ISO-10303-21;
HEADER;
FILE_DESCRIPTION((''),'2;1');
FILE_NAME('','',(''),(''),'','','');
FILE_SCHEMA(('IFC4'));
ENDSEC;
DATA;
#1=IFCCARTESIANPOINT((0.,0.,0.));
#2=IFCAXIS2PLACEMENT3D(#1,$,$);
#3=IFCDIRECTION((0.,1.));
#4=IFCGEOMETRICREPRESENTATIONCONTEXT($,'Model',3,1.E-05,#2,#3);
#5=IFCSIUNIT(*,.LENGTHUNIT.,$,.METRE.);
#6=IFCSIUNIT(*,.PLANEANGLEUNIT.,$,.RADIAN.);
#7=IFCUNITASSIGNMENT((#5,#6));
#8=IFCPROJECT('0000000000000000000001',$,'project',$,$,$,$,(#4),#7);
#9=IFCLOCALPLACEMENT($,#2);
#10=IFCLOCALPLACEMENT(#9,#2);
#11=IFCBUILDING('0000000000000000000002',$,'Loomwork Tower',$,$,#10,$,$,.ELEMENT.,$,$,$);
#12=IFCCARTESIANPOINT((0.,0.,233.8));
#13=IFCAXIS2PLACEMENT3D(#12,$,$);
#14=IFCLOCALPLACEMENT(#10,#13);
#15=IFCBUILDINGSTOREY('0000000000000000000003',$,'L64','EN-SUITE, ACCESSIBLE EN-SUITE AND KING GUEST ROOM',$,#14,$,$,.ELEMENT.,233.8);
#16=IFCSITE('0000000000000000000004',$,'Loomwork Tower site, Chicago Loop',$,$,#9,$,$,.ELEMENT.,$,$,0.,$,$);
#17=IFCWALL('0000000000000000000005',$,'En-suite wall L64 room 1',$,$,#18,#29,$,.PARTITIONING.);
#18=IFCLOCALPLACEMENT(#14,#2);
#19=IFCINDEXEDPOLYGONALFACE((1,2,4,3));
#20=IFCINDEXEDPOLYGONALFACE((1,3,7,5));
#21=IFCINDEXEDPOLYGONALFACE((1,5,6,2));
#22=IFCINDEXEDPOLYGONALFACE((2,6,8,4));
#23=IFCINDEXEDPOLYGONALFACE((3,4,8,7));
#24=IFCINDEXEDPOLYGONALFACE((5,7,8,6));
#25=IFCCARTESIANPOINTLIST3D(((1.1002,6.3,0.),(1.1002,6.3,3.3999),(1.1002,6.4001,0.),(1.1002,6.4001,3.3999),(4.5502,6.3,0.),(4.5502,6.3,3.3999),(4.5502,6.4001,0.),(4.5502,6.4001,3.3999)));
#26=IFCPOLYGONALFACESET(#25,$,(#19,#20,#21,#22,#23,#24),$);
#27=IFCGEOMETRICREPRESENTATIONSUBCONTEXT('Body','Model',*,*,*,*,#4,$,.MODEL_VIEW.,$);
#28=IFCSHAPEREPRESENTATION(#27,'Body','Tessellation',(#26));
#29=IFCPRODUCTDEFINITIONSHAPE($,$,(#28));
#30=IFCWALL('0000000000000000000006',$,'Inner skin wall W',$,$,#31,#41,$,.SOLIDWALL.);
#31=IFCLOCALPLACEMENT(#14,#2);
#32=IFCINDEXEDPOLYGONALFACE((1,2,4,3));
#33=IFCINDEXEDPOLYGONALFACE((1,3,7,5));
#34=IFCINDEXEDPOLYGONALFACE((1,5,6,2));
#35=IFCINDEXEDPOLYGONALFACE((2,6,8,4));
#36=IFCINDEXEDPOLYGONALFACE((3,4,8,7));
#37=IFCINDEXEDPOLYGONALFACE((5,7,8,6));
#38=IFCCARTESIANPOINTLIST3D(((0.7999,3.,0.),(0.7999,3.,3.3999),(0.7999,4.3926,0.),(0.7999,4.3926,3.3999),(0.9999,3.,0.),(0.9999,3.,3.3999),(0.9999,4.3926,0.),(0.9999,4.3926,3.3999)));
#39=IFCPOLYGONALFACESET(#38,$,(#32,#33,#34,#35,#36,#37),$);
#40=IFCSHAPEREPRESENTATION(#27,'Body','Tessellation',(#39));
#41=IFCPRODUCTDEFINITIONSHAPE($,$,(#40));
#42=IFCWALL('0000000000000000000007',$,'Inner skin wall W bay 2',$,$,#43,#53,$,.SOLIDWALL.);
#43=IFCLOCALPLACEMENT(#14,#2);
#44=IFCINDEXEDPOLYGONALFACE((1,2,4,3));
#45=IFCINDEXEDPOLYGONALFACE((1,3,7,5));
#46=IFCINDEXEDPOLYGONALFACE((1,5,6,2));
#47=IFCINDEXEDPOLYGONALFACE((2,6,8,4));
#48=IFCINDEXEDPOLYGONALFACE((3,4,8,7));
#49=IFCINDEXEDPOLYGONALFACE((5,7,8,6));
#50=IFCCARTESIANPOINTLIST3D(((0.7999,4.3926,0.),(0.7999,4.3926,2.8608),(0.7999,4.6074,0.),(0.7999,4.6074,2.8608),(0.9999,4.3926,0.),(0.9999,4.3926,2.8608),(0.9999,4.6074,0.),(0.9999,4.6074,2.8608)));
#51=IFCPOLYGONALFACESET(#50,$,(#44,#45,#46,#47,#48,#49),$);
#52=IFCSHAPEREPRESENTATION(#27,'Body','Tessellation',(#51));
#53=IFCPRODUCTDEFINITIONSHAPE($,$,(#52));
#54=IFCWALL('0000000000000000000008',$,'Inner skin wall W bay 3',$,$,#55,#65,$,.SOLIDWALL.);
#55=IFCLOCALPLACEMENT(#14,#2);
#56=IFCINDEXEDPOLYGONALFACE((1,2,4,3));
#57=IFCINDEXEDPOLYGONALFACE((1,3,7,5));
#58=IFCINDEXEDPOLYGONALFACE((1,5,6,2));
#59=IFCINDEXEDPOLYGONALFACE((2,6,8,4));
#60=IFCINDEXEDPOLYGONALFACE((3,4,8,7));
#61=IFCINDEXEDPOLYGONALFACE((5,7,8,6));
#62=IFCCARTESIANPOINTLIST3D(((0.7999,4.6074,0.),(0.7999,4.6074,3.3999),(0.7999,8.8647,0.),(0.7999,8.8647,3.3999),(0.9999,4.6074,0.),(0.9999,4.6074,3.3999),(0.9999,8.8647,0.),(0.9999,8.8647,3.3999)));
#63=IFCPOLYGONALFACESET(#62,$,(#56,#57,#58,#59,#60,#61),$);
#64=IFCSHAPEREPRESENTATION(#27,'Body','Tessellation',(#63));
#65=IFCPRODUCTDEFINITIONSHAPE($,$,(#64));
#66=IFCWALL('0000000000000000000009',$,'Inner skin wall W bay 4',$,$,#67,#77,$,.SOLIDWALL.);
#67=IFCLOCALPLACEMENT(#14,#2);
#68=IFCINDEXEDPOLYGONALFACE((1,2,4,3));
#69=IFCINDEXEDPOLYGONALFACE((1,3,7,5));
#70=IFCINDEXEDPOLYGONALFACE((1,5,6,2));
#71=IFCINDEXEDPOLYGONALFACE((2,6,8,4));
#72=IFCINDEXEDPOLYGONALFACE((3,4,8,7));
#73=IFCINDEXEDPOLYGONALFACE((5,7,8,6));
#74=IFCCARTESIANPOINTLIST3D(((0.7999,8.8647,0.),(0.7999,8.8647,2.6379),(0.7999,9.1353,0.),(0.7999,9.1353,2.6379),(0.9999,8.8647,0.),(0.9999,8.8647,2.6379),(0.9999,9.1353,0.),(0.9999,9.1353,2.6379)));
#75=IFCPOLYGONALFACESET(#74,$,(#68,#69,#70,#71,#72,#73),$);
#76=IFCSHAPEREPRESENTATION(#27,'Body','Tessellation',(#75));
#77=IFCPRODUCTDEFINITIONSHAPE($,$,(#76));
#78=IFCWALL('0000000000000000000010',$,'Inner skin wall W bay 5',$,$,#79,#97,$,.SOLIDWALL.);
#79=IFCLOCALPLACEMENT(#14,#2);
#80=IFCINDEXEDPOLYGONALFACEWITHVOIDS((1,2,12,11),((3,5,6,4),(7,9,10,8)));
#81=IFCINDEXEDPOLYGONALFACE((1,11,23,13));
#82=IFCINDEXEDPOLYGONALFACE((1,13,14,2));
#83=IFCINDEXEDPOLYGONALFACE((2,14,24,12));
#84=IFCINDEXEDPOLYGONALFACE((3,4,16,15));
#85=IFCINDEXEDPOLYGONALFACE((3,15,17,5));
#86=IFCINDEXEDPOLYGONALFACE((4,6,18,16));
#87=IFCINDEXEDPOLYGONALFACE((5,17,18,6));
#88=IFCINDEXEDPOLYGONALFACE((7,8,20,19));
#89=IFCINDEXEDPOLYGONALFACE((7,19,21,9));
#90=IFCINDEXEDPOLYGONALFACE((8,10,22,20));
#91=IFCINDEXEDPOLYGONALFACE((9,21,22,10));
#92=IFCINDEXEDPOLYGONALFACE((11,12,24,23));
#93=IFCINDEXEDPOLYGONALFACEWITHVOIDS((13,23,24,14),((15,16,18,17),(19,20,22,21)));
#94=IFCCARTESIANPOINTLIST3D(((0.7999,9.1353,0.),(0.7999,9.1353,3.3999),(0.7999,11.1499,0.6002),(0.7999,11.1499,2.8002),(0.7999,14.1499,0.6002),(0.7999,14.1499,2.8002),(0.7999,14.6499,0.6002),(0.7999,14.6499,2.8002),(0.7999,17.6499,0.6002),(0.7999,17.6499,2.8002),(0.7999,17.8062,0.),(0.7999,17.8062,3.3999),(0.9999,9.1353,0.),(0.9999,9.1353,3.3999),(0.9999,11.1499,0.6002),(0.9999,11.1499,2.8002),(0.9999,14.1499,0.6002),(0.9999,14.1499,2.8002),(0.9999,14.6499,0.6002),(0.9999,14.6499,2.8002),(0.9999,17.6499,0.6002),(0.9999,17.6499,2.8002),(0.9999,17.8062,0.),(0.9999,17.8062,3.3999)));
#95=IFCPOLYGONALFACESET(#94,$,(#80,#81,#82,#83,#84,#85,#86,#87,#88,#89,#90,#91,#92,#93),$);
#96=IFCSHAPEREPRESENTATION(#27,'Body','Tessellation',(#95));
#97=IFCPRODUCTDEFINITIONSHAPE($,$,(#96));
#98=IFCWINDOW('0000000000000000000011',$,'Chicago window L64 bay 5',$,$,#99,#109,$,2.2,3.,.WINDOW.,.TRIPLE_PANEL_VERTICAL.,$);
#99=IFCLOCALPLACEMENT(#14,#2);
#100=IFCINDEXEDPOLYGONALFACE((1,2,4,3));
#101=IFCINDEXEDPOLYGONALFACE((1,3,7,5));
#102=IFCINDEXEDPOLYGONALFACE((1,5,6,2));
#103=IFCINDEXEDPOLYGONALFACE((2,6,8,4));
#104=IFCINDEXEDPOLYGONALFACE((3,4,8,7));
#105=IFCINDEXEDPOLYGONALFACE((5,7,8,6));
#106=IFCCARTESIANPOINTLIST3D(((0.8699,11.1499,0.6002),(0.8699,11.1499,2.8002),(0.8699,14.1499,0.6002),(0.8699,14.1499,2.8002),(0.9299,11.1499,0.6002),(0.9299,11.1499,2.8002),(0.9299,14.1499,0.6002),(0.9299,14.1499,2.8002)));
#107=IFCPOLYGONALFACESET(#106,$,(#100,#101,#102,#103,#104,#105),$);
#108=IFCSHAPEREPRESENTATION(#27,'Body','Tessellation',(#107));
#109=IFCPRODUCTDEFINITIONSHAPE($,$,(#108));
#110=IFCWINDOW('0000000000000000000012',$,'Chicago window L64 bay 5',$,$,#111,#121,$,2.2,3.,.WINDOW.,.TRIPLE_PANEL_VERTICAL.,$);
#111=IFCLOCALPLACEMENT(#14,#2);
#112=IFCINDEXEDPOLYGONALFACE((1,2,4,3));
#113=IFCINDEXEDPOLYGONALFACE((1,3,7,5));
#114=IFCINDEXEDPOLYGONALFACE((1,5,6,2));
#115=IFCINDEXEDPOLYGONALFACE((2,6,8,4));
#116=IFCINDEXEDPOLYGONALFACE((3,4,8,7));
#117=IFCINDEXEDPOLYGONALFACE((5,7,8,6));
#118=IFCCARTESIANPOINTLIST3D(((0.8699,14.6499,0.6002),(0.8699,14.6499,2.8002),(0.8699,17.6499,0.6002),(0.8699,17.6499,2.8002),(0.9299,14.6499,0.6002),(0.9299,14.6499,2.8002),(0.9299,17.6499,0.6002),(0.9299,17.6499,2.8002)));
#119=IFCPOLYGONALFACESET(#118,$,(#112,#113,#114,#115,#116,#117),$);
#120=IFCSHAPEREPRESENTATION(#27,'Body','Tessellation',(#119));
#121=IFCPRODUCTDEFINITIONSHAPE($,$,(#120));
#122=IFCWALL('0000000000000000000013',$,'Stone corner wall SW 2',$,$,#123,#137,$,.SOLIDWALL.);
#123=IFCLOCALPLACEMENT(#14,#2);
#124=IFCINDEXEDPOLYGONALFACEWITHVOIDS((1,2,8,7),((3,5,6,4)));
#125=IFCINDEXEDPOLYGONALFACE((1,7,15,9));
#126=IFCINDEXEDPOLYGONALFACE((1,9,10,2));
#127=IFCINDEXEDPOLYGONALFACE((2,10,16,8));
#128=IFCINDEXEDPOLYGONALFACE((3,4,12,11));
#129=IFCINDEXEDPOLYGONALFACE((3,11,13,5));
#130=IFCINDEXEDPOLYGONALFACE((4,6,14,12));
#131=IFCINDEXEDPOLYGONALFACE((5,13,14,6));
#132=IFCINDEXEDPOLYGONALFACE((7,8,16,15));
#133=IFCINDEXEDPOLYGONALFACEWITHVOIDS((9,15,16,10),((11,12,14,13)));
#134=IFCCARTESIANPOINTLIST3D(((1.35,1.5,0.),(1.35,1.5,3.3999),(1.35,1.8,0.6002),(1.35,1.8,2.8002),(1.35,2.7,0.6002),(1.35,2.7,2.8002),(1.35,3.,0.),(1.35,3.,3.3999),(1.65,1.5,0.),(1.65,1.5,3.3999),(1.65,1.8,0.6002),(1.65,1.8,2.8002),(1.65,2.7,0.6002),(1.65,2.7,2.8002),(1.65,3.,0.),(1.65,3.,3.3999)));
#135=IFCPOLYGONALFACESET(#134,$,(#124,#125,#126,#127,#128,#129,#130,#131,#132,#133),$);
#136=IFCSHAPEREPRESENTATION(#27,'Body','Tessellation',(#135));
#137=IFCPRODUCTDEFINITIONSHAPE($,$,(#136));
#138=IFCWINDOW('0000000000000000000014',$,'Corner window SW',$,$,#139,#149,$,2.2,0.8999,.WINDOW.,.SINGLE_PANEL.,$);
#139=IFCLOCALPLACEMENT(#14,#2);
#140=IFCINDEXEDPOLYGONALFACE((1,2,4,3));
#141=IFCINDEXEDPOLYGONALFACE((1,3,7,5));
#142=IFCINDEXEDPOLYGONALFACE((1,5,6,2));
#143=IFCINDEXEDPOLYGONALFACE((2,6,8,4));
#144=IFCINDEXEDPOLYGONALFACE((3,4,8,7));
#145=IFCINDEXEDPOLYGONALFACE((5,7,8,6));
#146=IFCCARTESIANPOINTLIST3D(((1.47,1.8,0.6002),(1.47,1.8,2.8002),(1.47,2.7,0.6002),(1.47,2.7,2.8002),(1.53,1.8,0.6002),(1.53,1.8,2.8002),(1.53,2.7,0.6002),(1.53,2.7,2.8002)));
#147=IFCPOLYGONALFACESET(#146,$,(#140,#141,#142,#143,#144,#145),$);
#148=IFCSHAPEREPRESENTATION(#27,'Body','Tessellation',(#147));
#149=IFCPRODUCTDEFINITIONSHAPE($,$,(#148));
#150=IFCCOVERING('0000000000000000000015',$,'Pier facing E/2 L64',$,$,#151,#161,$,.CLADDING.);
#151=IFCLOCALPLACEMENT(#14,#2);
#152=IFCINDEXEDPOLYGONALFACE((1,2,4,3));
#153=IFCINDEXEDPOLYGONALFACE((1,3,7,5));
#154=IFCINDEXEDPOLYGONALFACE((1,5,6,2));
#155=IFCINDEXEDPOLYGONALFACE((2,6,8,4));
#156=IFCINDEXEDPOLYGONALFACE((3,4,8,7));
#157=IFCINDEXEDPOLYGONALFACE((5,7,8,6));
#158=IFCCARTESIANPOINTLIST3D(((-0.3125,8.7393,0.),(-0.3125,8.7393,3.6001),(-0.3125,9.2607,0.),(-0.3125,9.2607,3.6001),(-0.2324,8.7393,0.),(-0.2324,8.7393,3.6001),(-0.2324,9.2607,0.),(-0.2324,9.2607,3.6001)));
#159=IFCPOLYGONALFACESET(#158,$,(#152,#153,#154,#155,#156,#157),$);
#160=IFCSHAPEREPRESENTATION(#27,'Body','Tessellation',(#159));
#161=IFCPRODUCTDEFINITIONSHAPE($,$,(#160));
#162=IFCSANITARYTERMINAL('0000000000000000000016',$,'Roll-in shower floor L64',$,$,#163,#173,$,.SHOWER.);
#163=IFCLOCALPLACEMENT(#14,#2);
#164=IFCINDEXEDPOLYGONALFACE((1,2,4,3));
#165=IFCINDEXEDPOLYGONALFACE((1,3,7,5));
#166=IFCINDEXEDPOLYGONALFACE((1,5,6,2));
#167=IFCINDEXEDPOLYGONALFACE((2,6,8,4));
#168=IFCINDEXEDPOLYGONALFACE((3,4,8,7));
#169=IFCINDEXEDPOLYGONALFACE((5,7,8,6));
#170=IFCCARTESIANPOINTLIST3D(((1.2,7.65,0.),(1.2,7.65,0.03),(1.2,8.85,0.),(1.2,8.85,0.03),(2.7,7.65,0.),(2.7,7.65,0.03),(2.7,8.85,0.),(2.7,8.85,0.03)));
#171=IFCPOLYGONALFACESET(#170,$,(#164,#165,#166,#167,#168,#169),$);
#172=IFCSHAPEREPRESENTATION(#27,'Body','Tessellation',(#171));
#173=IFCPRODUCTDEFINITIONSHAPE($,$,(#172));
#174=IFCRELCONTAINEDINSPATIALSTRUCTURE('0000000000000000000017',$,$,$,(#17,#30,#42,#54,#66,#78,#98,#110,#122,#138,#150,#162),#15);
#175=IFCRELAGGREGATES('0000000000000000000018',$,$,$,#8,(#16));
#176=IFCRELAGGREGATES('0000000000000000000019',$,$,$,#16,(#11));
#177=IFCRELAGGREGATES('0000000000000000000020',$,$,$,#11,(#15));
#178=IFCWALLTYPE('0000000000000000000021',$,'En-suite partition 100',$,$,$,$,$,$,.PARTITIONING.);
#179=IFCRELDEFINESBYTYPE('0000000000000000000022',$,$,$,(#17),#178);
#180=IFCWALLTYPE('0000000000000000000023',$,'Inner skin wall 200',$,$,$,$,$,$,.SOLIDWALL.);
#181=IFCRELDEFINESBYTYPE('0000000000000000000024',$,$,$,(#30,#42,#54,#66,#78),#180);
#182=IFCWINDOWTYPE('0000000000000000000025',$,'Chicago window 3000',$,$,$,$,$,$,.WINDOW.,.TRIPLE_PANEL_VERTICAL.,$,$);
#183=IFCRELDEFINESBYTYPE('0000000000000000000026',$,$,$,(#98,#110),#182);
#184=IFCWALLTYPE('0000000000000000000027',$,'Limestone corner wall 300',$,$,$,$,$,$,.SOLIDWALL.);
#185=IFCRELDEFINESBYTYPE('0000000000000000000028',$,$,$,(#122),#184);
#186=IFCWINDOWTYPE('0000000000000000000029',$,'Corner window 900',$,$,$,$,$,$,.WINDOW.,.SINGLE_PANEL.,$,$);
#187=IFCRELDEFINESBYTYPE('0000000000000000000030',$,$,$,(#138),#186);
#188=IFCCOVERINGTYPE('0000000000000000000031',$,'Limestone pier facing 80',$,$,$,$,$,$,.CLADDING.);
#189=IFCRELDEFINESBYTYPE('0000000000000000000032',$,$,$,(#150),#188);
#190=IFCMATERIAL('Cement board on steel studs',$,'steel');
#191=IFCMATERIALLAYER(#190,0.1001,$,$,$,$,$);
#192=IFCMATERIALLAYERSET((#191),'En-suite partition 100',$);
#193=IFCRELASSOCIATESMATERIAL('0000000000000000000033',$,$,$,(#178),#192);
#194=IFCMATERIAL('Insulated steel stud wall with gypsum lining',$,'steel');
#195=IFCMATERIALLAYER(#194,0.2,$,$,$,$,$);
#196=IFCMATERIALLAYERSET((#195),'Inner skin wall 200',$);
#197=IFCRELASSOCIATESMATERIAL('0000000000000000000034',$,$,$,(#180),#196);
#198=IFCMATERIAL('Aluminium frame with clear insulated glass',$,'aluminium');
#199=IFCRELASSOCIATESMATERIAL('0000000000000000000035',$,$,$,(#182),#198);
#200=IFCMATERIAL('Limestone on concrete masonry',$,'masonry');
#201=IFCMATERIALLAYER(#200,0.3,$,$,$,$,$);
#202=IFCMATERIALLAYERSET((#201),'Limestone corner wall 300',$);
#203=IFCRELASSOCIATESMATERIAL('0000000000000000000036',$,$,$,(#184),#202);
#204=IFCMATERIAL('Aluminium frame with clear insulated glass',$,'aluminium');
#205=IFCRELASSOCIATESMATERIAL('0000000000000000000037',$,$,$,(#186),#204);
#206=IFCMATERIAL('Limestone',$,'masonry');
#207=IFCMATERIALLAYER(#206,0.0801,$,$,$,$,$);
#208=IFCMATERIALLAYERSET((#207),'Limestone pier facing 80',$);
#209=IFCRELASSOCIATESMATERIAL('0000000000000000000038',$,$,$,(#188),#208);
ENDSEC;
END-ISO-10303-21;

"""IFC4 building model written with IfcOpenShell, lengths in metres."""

from ifc_helpers import new_model, si_unit, direction, frame, frame_2d, origin, origin_2d, place, context, subcontext, project, spatial, rectangle, extrude, material, layer, layer_set, type_object, element, fill, save


model = new_model("IFC4")

# Units and contexts
model_context = context("Model", 3, precision=1e-05, world=origin(), true_north=direction((0.0, 1.0)))
body_context = subcontext(model_context, "Body", "Model", "MODEL_VIEW")
ifc_project = project(units=[si_unit("LENGTHUNIT", "METRE"), si_unit("PLANEANGLEUNIT", "RADIAN")], contexts=[model_context])

# Site, building, storey
site_placement = place(None, origin())
site = spatial("IfcSite", under=ifc_project, at=site_placement, Name="Loomwork Tower site, Chicago Loop", CompositionType="ELEMENT", RefElevation=0.0)
building_placement = place(site_placement, origin())
building = spatial("IfcBuilding", under=site, at=building_placement, Name="Loomwork Tower", CompositionType="ELEMENT")
storey_placement = place(building_placement, frame((0.0, 0.0, 233.8)))
storey = spatial("IfcBuildingStorey", under=building, at=storey_placement, Name="L64", Description="EN-SUITE, ACCESSIBLE EN-SUITE AND KING GUEST ROOM", CompositionType="ELEMENT", Elevation=233.8)

# Walls
ifc_material_1 = material(Name="Cement board on steel studs", Category="steel")
ifc_layer_1 = layer(ifc_material_1, 0.1001)
ifc_layer_set_1 = layer_set([ifc_layer_1], Name="En-suite partition 100")
wall_type_1 = type_object("IfcWallType", Name="En-suite partition 100", PredefinedType="PARTITIONING", material=ifc_layer_set_1)
wall_1_placement = place(storey_placement, frame((1.1001, 6.3501, 0.0), z_axis=(0.0, 0.0, 1.0), x_axis=(1.0, 0.0, 0.0)))
element("IfcWall", 1, at=wall_1_placement, inside=storey, type_object=wall_type_1, Name="En-suite wall L64 room 1", PredefinedType="PARTITIONING", context=body_context, shape_type="SweptSolid", body=[
    extrude(rectangle(XDim=3.45, YDim=0.1001, at=frame_2d((1.7251, 0.0))), origin(), (0.0, 0.0, 1.0), 3.3999),
])
ifc_material_2 = material(Name="Insulated steel stud wall with gypsum lining", Category="steel")
ifc_layer_2 = layer(ifc_material_2, 0.2)
ifc_layer_set_2 = layer_set([ifc_layer_2], Name="Inner skin wall 200")
wall_type_2 = type_object("IfcWallType", Name="Inner skin wall 200", PredefinedType="SOLIDWALL", material=ifc_layer_set_2)
wall_2_placement = place(storey_placement, frame((0.8999, 3.0, 0.0), z_axis=(0.0, 0.0, 1.0), x_axis=(0.0, 1.0, 0.0)))
element("IfcWall", 2, at=wall_2_placement, inside=storey, type_object=wall_type_2, Name="Inner skin wall W", PredefinedType="SOLIDWALL", context=body_context, shape_type="SweptSolid", body=[
    extrude(rectangle(XDim=1.3926, YDim=0.2, at=frame_2d((0.6963, 0.0))), origin(), (0.0, 0.0, 1.0), 3.3999),
])
wall_3_placement = place(storey_placement, frame((0.8999, 4.3926, 0.0), z_axis=(0.0, 0.0, 1.0), x_axis=(0.0, 1.0, 0.0)))
element("IfcWall", 3, at=wall_3_placement, inside=storey, type_object=wall_type_2, Name="Inner skin wall W bay 2", PredefinedType="SOLIDWALL", context=body_context, shape_type="SweptSolid", body=[
    extrude(rectangle(XDim=0.2148, YDim=0.2, at=frame_2d((0.1074, 0.0))), origin(), (0.0, 0.0, 1.0), 2.8608),
])
wall_4_placement = place(storey_placement, frame((0.8999, 4.6074, 0.0), z_axis=(0.0, 0.0, 1.0), x_axis=(0.0, 1.0, 0.0)))
element("IfcWall", 4, at=wall_4_placement, inside=storey, type_object=wall_type_2, Name="Inner skin wall W bay 3", PredefinedType="SOLIDWALL", context=body_context, shape_type="SweptSolid", body=[
    extrude(rectangle(XDim=4.2573, YDim=0.2, at=frame_2d((2.1287, 0.0))), origin(), (0.0, 0.0, 1.0), 3.3999),
])
wall_5_placement = place(storey_placement, frame((0.8999, 8.8647, 0.0), z_axis=(0.0, 0.0, 1.0), x_axis=(0.0, 1.0, 0.0)))
element("IfcWall", 5, at=wall_5_placement, inside=storey, type_object=wall_type_2, Name="Inner skin wall W bay 4", PredefinedType="SOLIDWALL", context=body_context, shape_type="SweptSolid", body=[
    extrude(rectangle(XDim=0.2705, YDim=0.2, at=frame_2d((0.1353, 0.0))), origin(), (0.0, 0.0, 1.0), 2.6379),
])

# Wall, openings, windows
wall_6_placement = place(storey_placement, frame((0.8999, 9.1353, 0.0), z_axis=(0.0, 0.0, 1.0), x_axis=(0.0, 1.0, 0.0)))
wall_6 = element("IfcWall", 6, at=wall_6_placement, inside=storey, type_object=wall_type_2, Name="Inner skin wall W bay 5", PredefinedType="SOLIDWALL", context=body_context, shape_type="SweptSolid", body=[
    extrude(rectangle(XDim=8.6709, YDim=0.2, at=frame_2d((4.3354, 0.0))), origin(), (0.0, 0.0, 1.0), 3.3999),
])
opening_1_placement = place(wall_6_placement, frame((2.0146, 0.0, 0.6001)))
opening_1 = element("IfcOpeningElement", 7, at=opening_1_placement, cuts=wall_6, PredefinedType="OPENING", context=body_context, shape_type="SweptSolid", body=[
    extrude(rectangle(XDim=3.0, YDim=2.2, at=frame_2d((1.5, 1.1001))), frame((0.0, 0.1099, 0.0), z_axis=(0.0, -1.0, 0.0), x_axis=(1.0, 0.0, 0.0)), (0.0, 0.0, 1.0), 0.22),
])
opening_2_placement = place(wall_6_placement, frame((5.5146, 0.0, 0.6001)))
opening_2 = element("IfcOpeningElement", 8, at=opening_2_placement, cuts=wall_6, PredefinedType="OPENING", context=body_context, shape_type="SweptSolid", body=[
    extrude(rectangle(XDim=3.0, YDim=2.2, at=frame_2d((1.5, 1.1001))), frame((0.0, 0.1099, 0.0), z_axis=(0.0, -1.0, 0.0), x_axis=(1.0, 0.0, 0.0)), (0.0, 0.0, 1.0), 0.22),
])
ifc_material_3 = material(Name="Aluminium frame with clear insulated glass", Category="aluminium")
window_type_1 = type_object("IfcWindowType", Name="Chicago window 3000", PartitioningType="TRIPLE_PANEL_VERTICAL", PredefinedType="WINDOW", material=ifc_material_3)
window_1_placement = place(opening_1_placement, origin())
window_1 = element("IfcWindow", 9, at=window_1_placement, inside=storey, type_object=window_type_1, Name="Chicago window L64 bay 5", OverallHeight=2.2, OverallWidth=3.0, PartitioningType="TRIPLE_PANEL_VERTICAL", PredefinedType="WINDOW", context=body_context, shape_type="SweptSolid", body=[
    extrude(rectangle(XDim=3.0, YDim=2.2, at=frame_2d((1.5, 1.1001))), frame((0.0, 0.03, 0.0), z_axis=(0.0, -1.0, 0.0), x_axis=(1.0, 0.0, 0.0)), (0.0, 0.0, 1.0), 0.0601),
])
fill(opening_1, window_1)
window_2_placement = place(opening_2_placement, origin())
window_2 = element("IfcWindow", 10, at=window_2_placement, inside=storey, type_object=window_type_1, Name="Chicago window L64 bay 5", OverallHeight=2.2, OverallWidth=3.0, PartitioningType="TRIPLE_PANEL_VERTICAL", PredefinedType="WINDOW", context=body_context, shape_type="SweptSolid", body=[
    extrude(rectangle(XDim=3.0, YDim=2.2, at=frame_2d((1.5, 1.1001))), frame((0.0, 0.03, 0.0), z_axis=(0.0, -1.0, 0.0), x_axis=(1.0, 0.0, 0.0)), (0.0, 0.0, 1.0), 0.0601),
])
fill(opening_2, window_2)

# Wall, opening, window
ifc_material_4 = material(Name="Limestone on concrete masonry", Category="masonry")
ifc_layer_3 = layer(ifc_material_4, 0.3)
ifc_layer_set_3 = layer_set([ifc_layer_3], Name="Limestone corner wall 300")
wall_type_3 = type_object("IfcWallType", Name="Limestone corner wall 300", PredefinedType="SOLIDWALL", material=ifc_layer_set_3)
wall_7_placement = place(storey_placement, frame((1.5, 3.0, 0.0), z_axis=(0.0, 0.0, 1.0), x_axis=(0.0, -1.0, 0.0)))
wall_7 = element("IfcWall", 11, at=wall_7_placement, inside=storey, type_object=wall_type_3, Name="Stone corner wall SW 2", PredefinedType="SOLIDWALL", context=body_context, shape_type="SweptSolid", body=[
    extrude(rectangle(XDim=1.5, YDim=0.3, at=frame_2d((0.75, 0.0))), origin(), (0.0, 0.0, 1.0), 3.3999),
])
opening_3_placement = place(wall_7_placement, frame((0.3, 0.0, 0.6001)))
opening_3 = element("IfcOpeningElement", 12, at=opening_3_placement, cuts=wall_7, PredefinedType="OPENING", context=body_context, shape_type="SweptSolid", body=[
    extrude(rectangle(XDim=0.8999, YDim=2.2, at=frame_2d((0.45, 1.1001))), frame((0.0, 0.1599, 0.0), z_axis=(0.0, -1.0, 0.0), x_axis=(1.0, 0.0, 0.0)), (0.0, 0.0, 1.0), 0.3201),
])
ifc_material_5 = material(Name="Aluminium frame with clear insulated glass", Category="aluminium")
window_type_2 = type_object("IfcWindowType", Name="Corner window 900", PartitioningType="SINGLE_PANEL", PredefinedType="WINDOW", material=ifc_material_5)
window_3_placement = place(opening_3_placement, origin())
window_3 = element("IfcWindow", 13, at=window_3_placement, inside=storey, type_object=window_type_2, Name="Corner window SW", OverallHeight=2.2, OverallWidth=0.8999, PartitioningType="SINGLE_PANEL", PredefinedType="WINDOW", context=body_context, shape_type="SweptSolid", body=[
    extrude(rectangle(XDim=0.8999, YDim=2.2, at=frame_2d((0.45, 1.1001))), frame((0.0, 0.03, 0.0), z_axis=(0.0, -1.0, 0.0), x_axis=(1.0, 0.0, 0.0)), (0.0, 0.0, 1.0), 0.0601),
])
fill(opening_3, window_3)

# Covering
ifc_material_6 = material(Name="Limestone", Category="masonry")
ifc_layer_4 = layer(ifc_material_6, 0.0801)
ifc_layer_set_4 = layer_set([ifc_layer_4], Name="Limestone pier facing 80")
covering_type = type_object("IfcCoveringType", Name="Limestone pier facing 80", PredefinedType="CLADDING", material=ifc_layer_set_4)
covering_placement = place(storey_placement, frame((-0.2725, 9.0, 0.0), z_axis=(0.0, 0.0, 1.0), x_axis=(1.0, 0.0, 0.0)))
element("IfcCovering", 14, at=covering_placement, inside=storey, type_object=covering_type, Name="Pier facing E/2 L64", PredefinedType="CLADDING", context=body_context, shape_type="SweptSolid", body=[
    extrude(rectangle(XDim=0.0801, YDim=0.5215, at=origin_2d()), origin(), (0.0, 0.0, 1.0), 3.6001),
])

# Sanitary terminal
sanitary_terminal_placement = place(storey_placement, frame((1.95, 8.25, 0.0), z_axis=(0.0, 0.0, 1.0), x_axis=(1.0, 0.0, 0.0)))
element("IfcSanitaryTerminal", 15, at=sanitary_terminal_placement, inside=storey, Name="Roll-in shower floor L64", PredefinedType="SHOWER", context=body_context, shape_type="SweptSolid", body=[
    extrude(rectangle(XDim=1.5, YDim=1.2, at=origin_2d()), origin(), (0.0, 0.0, 1.0), 0.03),
])

save(model, "model.ifc")
